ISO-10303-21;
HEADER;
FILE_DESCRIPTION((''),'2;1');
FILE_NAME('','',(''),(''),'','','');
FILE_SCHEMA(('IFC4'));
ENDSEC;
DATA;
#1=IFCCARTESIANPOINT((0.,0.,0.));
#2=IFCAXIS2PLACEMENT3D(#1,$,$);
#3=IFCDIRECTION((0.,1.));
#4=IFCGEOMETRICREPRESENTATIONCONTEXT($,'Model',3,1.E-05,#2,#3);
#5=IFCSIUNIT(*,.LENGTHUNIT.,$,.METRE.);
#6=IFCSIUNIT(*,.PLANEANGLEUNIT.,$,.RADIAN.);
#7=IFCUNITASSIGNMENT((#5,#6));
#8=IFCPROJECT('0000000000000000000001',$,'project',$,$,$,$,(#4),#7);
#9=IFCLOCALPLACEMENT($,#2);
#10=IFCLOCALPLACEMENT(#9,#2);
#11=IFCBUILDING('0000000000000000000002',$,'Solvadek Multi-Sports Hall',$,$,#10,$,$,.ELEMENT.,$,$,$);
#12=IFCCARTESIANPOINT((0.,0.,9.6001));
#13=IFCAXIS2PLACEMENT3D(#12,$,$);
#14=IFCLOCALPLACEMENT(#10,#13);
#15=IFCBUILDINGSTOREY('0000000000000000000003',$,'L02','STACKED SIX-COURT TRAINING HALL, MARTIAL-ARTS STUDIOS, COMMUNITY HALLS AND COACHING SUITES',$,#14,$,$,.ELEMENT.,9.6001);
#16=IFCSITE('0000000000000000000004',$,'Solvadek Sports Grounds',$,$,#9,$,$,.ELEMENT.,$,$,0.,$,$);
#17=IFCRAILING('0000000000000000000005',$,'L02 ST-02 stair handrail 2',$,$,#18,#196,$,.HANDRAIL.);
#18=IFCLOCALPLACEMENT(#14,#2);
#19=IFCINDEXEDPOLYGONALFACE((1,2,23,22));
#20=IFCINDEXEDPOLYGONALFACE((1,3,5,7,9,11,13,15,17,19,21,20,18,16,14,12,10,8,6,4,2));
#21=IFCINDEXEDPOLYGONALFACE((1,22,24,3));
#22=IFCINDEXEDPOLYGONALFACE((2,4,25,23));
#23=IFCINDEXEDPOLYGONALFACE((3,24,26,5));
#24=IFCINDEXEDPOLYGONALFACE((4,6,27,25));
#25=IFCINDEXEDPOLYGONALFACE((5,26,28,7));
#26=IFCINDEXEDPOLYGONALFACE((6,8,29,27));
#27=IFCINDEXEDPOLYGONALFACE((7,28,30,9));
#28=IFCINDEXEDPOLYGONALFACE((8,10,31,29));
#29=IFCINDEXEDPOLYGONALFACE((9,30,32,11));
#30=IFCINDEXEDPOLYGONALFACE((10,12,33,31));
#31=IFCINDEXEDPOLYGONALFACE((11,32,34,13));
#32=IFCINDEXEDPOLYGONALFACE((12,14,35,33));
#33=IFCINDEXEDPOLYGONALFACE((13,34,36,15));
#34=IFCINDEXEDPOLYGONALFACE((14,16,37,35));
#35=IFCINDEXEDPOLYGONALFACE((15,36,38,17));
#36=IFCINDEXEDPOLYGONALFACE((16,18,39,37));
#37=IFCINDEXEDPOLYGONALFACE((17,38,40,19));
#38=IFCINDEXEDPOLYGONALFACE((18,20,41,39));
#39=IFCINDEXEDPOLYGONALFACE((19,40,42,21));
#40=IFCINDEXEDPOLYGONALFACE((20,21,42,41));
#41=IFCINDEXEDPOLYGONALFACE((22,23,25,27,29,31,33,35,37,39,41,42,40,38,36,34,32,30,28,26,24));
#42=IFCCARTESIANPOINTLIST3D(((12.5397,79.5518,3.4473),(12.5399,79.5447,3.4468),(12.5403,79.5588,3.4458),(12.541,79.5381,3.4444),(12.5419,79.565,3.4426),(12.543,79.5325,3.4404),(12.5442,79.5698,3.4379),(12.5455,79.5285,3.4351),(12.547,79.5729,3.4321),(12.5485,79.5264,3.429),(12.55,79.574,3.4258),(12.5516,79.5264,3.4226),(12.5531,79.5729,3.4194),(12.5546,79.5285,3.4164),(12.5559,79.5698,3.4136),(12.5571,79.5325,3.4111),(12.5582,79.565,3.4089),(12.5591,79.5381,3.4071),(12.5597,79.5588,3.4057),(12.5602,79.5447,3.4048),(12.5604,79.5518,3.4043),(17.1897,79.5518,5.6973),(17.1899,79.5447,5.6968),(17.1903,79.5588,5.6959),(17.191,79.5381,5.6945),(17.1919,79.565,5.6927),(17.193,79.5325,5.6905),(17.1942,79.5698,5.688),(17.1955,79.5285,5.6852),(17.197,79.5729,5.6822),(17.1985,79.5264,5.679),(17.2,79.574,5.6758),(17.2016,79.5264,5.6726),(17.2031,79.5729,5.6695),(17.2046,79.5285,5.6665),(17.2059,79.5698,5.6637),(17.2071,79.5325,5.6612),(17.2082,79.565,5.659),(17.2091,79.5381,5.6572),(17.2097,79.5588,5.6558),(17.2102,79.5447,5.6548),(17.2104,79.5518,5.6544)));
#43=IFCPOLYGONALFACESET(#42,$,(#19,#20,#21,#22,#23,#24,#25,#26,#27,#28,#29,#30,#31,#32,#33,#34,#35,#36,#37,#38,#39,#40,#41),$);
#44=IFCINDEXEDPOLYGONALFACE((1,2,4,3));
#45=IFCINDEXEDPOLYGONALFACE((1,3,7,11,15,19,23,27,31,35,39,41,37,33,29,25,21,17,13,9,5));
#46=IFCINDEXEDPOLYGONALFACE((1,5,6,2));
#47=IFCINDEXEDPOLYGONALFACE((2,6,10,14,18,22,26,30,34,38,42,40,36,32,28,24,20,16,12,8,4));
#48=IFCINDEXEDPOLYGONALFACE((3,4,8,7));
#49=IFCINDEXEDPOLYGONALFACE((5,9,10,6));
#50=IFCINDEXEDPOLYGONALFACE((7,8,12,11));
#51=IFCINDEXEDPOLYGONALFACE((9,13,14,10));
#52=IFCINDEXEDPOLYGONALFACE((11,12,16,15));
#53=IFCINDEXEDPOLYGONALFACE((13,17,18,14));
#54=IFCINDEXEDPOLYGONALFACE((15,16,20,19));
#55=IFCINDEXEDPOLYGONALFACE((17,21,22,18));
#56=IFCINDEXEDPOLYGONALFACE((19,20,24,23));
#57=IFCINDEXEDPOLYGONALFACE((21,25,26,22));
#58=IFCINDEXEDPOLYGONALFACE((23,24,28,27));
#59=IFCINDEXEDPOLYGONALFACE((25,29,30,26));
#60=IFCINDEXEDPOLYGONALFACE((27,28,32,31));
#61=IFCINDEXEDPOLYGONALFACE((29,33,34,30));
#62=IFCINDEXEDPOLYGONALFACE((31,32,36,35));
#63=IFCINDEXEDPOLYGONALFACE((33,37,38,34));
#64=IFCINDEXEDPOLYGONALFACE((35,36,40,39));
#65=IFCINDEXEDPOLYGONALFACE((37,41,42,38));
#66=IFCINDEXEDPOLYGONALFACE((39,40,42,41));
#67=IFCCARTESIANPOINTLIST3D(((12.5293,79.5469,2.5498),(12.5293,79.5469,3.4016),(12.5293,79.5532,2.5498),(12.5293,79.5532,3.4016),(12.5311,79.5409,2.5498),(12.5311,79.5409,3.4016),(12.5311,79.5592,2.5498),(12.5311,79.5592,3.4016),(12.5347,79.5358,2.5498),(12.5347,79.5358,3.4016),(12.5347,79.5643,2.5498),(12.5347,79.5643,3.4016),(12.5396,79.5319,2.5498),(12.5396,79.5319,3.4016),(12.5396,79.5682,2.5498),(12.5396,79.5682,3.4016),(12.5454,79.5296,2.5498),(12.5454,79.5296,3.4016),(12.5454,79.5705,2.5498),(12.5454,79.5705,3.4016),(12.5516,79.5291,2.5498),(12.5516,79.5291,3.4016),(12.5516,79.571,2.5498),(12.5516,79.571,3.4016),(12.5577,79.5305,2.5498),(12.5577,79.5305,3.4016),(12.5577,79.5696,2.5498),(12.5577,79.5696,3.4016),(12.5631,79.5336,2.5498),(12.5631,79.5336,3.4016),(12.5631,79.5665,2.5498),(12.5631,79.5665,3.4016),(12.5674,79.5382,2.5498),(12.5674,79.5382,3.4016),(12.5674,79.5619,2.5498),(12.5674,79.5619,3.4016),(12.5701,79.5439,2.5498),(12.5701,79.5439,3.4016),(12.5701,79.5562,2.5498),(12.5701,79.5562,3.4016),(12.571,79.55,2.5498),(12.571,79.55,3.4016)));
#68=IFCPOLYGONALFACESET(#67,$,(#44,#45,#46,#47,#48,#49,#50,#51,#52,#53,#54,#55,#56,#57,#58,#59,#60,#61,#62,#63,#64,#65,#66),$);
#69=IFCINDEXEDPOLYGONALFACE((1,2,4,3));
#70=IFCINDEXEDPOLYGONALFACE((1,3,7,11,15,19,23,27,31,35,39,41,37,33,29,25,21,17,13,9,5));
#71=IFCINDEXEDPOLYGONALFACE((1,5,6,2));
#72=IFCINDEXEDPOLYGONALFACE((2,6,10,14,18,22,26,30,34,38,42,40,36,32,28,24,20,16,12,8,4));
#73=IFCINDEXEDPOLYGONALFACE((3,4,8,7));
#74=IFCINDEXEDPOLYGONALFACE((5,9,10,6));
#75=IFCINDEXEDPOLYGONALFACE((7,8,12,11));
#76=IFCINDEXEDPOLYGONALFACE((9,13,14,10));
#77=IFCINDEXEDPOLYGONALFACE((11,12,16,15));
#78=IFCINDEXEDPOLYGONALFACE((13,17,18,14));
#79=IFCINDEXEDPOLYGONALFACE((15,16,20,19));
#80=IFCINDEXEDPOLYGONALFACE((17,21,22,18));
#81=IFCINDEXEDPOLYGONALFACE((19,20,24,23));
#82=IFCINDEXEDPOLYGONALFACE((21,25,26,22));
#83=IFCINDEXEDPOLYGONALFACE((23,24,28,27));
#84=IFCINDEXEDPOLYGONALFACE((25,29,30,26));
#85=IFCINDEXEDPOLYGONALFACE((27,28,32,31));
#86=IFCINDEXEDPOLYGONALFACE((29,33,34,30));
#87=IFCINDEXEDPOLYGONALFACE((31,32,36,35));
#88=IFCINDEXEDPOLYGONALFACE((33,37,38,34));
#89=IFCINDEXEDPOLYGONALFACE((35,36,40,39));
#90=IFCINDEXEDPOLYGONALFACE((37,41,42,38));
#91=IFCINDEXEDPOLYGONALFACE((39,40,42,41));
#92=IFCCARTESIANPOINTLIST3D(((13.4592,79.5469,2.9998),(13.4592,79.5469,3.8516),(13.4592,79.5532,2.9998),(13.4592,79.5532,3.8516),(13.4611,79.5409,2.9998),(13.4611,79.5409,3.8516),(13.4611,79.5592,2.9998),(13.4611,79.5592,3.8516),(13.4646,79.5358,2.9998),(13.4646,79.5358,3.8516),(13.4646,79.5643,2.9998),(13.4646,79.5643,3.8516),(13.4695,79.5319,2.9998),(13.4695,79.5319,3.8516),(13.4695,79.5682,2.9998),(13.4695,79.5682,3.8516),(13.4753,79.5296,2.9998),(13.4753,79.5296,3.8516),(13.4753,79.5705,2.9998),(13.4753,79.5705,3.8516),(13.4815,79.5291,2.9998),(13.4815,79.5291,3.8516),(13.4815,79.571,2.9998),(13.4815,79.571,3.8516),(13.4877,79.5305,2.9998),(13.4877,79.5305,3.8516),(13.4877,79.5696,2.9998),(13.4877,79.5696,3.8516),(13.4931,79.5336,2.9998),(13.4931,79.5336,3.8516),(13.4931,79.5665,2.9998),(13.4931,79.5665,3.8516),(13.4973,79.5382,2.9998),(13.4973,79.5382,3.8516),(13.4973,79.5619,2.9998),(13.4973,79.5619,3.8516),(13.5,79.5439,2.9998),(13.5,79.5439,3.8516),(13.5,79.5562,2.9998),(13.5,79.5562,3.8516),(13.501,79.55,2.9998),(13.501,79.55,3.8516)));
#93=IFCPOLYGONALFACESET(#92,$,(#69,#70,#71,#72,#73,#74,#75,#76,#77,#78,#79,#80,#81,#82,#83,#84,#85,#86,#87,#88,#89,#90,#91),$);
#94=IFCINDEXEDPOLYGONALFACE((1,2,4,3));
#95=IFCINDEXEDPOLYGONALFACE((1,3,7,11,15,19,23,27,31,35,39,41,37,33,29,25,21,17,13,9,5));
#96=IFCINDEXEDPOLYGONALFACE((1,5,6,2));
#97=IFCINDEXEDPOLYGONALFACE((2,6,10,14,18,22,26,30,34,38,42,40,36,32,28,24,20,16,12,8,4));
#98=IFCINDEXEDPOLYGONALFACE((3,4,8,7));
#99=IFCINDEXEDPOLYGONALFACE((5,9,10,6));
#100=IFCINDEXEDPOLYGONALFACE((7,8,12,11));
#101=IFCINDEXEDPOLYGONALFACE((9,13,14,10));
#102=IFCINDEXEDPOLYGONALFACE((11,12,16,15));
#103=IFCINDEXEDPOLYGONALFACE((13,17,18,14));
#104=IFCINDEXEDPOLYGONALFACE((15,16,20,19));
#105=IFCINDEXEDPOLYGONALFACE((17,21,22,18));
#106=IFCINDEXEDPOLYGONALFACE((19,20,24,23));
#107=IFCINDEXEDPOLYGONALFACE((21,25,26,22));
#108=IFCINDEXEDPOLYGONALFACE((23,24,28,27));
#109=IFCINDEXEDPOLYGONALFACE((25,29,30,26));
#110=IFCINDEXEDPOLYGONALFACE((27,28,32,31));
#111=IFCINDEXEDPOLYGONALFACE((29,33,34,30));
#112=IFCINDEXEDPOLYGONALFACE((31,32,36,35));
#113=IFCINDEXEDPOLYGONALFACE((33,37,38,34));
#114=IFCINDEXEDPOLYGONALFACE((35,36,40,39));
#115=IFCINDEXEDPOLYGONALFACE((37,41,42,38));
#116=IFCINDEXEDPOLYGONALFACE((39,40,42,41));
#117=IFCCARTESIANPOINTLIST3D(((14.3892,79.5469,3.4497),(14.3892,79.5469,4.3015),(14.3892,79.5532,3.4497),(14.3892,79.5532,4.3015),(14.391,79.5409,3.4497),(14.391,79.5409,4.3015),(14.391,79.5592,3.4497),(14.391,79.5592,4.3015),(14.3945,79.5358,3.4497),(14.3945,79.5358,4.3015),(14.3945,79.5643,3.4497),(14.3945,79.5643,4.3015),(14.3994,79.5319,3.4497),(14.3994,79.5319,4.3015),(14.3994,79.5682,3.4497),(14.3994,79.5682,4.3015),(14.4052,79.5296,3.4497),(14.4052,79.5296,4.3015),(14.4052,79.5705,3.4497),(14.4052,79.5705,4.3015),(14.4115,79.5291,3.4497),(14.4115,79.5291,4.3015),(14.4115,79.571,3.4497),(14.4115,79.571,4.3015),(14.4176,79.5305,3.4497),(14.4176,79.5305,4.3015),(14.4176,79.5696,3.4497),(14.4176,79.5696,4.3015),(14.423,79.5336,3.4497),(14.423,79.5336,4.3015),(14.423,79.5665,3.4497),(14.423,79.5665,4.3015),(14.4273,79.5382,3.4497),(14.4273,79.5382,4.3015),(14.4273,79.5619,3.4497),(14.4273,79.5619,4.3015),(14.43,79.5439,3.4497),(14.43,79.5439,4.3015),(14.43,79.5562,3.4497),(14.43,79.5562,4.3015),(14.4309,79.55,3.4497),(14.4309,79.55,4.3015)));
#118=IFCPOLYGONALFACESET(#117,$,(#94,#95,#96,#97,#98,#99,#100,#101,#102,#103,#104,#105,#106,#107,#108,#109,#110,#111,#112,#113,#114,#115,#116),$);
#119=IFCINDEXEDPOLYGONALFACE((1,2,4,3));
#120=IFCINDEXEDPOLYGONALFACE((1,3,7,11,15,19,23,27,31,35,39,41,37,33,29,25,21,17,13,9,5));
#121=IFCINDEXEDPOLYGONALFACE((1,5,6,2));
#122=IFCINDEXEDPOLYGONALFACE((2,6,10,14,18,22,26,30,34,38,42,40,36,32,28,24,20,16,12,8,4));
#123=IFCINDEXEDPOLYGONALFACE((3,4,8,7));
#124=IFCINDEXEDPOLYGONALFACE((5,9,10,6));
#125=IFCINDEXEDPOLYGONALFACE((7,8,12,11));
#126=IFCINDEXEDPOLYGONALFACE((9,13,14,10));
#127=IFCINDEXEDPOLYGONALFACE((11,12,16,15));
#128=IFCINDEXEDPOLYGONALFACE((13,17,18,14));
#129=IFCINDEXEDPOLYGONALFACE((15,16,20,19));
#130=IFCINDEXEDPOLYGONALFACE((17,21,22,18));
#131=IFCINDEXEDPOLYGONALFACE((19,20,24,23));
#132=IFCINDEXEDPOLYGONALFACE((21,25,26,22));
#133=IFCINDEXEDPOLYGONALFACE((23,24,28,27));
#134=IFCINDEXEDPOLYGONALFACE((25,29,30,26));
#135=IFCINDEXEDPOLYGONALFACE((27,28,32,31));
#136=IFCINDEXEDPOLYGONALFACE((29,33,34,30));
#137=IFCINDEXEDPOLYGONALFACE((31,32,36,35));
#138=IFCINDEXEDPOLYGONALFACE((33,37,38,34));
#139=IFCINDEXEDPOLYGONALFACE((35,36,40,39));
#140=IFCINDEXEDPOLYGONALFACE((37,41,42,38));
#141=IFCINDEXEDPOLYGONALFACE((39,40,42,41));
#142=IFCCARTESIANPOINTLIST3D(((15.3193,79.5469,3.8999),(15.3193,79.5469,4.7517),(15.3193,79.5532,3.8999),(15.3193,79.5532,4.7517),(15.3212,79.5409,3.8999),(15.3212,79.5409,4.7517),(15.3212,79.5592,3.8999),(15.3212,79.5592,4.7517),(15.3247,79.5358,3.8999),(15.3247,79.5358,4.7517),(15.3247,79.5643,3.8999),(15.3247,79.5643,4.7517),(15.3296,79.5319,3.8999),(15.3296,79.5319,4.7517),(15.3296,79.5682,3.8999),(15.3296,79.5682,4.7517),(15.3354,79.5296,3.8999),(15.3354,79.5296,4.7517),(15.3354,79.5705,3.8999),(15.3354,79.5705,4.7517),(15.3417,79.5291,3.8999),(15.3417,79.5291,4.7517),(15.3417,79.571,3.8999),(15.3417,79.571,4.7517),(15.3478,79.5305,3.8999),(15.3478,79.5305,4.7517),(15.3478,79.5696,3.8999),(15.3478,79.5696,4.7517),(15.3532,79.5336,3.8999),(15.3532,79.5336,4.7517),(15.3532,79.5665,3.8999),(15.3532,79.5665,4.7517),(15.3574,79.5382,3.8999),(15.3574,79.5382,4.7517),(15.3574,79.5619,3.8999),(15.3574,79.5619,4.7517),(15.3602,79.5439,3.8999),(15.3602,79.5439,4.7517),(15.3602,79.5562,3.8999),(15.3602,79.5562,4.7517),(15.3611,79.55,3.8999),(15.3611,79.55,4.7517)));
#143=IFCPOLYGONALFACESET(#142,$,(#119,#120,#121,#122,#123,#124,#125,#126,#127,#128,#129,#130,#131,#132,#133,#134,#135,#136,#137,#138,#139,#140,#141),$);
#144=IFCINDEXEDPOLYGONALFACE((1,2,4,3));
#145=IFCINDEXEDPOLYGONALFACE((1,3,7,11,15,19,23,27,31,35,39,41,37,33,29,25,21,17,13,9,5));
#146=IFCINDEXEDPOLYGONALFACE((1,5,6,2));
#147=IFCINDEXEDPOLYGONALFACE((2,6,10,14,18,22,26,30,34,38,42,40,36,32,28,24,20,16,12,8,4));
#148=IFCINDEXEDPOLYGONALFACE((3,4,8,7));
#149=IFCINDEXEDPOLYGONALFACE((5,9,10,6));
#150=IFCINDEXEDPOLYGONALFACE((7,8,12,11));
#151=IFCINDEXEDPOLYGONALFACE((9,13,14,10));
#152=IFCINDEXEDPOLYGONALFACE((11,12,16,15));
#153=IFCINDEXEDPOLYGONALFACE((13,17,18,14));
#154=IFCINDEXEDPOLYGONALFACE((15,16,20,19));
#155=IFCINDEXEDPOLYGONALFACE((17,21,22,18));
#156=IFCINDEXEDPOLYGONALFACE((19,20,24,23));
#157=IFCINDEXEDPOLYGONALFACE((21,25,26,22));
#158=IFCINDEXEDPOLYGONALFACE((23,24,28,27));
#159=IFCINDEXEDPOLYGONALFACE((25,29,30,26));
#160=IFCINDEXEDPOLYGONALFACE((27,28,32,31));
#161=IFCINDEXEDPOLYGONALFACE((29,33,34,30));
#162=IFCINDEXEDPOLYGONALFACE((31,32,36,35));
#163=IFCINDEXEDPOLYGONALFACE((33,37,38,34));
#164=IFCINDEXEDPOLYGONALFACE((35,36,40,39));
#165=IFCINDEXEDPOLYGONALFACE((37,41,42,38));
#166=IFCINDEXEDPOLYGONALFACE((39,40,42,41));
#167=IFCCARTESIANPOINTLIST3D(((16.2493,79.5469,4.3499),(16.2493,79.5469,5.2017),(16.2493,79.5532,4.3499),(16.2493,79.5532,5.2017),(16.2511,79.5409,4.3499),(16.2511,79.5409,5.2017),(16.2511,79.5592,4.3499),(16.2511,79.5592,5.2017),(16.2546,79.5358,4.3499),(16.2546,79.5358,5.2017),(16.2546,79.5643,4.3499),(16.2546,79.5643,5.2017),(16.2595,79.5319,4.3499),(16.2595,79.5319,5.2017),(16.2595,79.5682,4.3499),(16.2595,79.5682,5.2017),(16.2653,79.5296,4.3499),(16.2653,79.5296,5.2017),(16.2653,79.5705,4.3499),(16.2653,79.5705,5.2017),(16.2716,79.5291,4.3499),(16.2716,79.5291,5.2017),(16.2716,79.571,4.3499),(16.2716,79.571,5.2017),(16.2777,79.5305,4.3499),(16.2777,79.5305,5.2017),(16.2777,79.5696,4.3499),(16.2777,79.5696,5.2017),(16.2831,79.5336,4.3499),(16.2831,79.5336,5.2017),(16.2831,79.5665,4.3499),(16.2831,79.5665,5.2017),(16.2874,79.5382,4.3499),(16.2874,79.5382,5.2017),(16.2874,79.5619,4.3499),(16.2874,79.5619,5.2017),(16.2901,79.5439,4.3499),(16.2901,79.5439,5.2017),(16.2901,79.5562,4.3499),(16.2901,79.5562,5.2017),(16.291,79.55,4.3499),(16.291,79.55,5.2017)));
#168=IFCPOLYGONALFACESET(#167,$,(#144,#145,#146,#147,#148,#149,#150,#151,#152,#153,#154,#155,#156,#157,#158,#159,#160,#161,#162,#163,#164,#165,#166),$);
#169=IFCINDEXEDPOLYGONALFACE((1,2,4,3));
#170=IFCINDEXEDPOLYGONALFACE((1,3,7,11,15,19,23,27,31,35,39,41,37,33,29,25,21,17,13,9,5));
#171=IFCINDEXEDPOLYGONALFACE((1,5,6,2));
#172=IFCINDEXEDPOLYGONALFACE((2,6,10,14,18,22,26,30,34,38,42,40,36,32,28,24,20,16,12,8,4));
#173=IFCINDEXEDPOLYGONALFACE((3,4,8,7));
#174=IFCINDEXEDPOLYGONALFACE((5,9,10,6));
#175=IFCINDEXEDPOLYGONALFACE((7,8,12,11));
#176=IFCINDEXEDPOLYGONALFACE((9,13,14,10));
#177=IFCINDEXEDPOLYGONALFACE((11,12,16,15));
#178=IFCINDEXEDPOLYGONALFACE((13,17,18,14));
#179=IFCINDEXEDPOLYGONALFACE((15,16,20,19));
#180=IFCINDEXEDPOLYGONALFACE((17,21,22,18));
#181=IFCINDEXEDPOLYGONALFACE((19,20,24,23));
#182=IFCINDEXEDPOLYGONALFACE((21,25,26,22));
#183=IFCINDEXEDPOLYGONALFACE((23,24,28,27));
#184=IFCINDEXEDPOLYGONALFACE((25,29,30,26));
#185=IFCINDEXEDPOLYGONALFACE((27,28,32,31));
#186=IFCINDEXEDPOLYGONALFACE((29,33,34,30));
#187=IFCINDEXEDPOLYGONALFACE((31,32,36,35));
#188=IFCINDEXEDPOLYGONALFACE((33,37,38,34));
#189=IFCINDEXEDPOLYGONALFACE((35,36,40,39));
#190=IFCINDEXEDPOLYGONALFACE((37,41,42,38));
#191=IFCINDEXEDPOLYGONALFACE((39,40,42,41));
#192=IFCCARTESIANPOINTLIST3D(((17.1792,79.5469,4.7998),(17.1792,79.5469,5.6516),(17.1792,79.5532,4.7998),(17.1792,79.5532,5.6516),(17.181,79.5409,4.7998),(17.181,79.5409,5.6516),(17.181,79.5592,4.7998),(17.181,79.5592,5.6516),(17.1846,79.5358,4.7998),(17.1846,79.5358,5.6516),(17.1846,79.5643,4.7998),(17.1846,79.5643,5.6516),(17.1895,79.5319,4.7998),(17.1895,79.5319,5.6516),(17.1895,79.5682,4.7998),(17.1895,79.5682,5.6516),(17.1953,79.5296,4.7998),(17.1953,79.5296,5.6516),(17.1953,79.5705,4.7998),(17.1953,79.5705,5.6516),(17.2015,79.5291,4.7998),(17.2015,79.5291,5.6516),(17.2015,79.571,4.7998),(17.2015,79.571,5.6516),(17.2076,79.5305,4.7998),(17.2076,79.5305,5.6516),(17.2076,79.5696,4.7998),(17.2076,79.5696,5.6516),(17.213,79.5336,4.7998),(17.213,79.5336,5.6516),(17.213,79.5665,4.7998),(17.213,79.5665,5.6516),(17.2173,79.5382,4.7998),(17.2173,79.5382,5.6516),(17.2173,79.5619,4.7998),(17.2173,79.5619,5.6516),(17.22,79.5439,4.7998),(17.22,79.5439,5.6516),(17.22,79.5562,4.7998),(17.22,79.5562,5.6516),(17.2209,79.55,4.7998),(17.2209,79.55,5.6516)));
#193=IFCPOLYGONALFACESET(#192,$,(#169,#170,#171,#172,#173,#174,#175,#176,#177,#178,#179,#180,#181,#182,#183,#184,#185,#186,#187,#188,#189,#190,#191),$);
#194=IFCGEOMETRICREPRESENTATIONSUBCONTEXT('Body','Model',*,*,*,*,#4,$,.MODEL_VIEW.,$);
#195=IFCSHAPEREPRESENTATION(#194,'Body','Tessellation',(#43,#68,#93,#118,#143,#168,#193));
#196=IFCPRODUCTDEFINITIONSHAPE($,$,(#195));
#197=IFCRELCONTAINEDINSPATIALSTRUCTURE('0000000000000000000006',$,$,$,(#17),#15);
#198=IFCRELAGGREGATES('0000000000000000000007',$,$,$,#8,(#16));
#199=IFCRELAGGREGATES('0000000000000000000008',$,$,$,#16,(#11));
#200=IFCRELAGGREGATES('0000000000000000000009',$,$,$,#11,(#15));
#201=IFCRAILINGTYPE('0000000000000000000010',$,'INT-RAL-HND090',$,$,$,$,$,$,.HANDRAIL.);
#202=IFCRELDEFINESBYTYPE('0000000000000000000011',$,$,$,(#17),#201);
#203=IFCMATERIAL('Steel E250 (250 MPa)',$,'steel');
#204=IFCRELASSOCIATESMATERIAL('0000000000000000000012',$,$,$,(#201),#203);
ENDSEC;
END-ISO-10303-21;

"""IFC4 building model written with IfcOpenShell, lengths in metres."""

from ifc_helpers import new_model, si_unit, direction, frame, origin, origin_2d, place, context, subcontext, project, spatial, circle, extrude, material, type_object, element, save


model = new_model("IFC4")

# Units and contexts
model_context = context("Model", 3, precision=1e-05, world=origin(), true_north=direction((0.0, 1.0)))
body_context = subcontext(model_context, "Body", "Model", "MODEL_VIEW")
ifc_project = project(units=[si_unit("LENGTHUNIT", "METRE"), si_unit("PLANEANGLEUNIT", "RADIAN")], contexts=[model_context])

# Site, building, storey
site_placement = place(None, origin())
site = spatial("IfcSite", under=ifc_project, at=site_placement, Name="Solvadek Sports Grounds", CompositionType="ELEMENT", RefElevation=0.0)
building_placement = place(site_placement, origin())
building = spatial("IfcBuilding", under=site, at=building_placement, Name="Solvadek Multi-Sports Hall", CompositionType="ELEMENT")
storey_placement = place(building_placement, frame((0.0, 0.0, 9.6001)))
storey = spatial("IfcBuildingStorey", under=building, at=storey_placement, Name="L02", Description="STACKED SIX-COURT TRAINING HALL, MARTIAL-ARTS STUDIOS, COMMUNITY HALLS AND COACHING SUITES", CompositionType="ELEMENT", Elevation=9.6001)

# Railing
ifc_material_1 = material(Name="Steel E250 (250 MPa)", Category="steel")
railing_type_1 = type_object("IfcRailingType", Name="INT-RAL-HND090", PredefinedType="HANDRAIL", material=ifc_material_1)
railing_1_placement = place(storey_placement, frame((12.55, 79.55, 2.5498)))
element("IfcRailing", 1, at=railing_1_placement, inside=storey, type_object=railing_type_1, Name="L02 ST-02 stair handrail 2", PredefinedType="HANDRAIL", context=body_context, shape_type="SweptSolid", body=[
    extrude(circle(Radius=0.0239, at=origin_2d()), frame((0.0, 0.0, 0.876), z_axis=(0.900156, 0.0, 0.435568), x_axis=(0.0, 1.0, 0.0)), (0.0, 0.0, 1.0), 5.1658),
    extrude(circle(Radius=0.021, at=origin_2d()), origin(), (0.0, 0.0, 1.0), 0.8518),
    extrude(circle(Radius=0.021, at=origin_2d()), frame((0.9299, 0.0, 0.45)), (0.0, 0.0, 1.0), 0.8518),
    extrude(circle(Radius=0.021, at=origin_2d()), frame((1.8599, 0.0, 0.8999)), (0.0, 0.0, 1.0), 0.8518),
    extrude(circle(Radius=0.021, at=origin_2d()), frame((2.79, 0.0, 1.3501)), (0.0, 0.0, 1.0), 0.8518),
    extrude(circle(Radius=0.021, at=origin_2d()), frame((3.72, 0.0, 1.8)), (0.0, 0.0, 1.0), 0.8518),
    extrude(circle(Radius=0.021, at=origin_2d()), frame((4.6499, 0.0, 2.25)), (0.0, 0.0, 1.0), 0.8518),
])

save(model, "model.ifc")
